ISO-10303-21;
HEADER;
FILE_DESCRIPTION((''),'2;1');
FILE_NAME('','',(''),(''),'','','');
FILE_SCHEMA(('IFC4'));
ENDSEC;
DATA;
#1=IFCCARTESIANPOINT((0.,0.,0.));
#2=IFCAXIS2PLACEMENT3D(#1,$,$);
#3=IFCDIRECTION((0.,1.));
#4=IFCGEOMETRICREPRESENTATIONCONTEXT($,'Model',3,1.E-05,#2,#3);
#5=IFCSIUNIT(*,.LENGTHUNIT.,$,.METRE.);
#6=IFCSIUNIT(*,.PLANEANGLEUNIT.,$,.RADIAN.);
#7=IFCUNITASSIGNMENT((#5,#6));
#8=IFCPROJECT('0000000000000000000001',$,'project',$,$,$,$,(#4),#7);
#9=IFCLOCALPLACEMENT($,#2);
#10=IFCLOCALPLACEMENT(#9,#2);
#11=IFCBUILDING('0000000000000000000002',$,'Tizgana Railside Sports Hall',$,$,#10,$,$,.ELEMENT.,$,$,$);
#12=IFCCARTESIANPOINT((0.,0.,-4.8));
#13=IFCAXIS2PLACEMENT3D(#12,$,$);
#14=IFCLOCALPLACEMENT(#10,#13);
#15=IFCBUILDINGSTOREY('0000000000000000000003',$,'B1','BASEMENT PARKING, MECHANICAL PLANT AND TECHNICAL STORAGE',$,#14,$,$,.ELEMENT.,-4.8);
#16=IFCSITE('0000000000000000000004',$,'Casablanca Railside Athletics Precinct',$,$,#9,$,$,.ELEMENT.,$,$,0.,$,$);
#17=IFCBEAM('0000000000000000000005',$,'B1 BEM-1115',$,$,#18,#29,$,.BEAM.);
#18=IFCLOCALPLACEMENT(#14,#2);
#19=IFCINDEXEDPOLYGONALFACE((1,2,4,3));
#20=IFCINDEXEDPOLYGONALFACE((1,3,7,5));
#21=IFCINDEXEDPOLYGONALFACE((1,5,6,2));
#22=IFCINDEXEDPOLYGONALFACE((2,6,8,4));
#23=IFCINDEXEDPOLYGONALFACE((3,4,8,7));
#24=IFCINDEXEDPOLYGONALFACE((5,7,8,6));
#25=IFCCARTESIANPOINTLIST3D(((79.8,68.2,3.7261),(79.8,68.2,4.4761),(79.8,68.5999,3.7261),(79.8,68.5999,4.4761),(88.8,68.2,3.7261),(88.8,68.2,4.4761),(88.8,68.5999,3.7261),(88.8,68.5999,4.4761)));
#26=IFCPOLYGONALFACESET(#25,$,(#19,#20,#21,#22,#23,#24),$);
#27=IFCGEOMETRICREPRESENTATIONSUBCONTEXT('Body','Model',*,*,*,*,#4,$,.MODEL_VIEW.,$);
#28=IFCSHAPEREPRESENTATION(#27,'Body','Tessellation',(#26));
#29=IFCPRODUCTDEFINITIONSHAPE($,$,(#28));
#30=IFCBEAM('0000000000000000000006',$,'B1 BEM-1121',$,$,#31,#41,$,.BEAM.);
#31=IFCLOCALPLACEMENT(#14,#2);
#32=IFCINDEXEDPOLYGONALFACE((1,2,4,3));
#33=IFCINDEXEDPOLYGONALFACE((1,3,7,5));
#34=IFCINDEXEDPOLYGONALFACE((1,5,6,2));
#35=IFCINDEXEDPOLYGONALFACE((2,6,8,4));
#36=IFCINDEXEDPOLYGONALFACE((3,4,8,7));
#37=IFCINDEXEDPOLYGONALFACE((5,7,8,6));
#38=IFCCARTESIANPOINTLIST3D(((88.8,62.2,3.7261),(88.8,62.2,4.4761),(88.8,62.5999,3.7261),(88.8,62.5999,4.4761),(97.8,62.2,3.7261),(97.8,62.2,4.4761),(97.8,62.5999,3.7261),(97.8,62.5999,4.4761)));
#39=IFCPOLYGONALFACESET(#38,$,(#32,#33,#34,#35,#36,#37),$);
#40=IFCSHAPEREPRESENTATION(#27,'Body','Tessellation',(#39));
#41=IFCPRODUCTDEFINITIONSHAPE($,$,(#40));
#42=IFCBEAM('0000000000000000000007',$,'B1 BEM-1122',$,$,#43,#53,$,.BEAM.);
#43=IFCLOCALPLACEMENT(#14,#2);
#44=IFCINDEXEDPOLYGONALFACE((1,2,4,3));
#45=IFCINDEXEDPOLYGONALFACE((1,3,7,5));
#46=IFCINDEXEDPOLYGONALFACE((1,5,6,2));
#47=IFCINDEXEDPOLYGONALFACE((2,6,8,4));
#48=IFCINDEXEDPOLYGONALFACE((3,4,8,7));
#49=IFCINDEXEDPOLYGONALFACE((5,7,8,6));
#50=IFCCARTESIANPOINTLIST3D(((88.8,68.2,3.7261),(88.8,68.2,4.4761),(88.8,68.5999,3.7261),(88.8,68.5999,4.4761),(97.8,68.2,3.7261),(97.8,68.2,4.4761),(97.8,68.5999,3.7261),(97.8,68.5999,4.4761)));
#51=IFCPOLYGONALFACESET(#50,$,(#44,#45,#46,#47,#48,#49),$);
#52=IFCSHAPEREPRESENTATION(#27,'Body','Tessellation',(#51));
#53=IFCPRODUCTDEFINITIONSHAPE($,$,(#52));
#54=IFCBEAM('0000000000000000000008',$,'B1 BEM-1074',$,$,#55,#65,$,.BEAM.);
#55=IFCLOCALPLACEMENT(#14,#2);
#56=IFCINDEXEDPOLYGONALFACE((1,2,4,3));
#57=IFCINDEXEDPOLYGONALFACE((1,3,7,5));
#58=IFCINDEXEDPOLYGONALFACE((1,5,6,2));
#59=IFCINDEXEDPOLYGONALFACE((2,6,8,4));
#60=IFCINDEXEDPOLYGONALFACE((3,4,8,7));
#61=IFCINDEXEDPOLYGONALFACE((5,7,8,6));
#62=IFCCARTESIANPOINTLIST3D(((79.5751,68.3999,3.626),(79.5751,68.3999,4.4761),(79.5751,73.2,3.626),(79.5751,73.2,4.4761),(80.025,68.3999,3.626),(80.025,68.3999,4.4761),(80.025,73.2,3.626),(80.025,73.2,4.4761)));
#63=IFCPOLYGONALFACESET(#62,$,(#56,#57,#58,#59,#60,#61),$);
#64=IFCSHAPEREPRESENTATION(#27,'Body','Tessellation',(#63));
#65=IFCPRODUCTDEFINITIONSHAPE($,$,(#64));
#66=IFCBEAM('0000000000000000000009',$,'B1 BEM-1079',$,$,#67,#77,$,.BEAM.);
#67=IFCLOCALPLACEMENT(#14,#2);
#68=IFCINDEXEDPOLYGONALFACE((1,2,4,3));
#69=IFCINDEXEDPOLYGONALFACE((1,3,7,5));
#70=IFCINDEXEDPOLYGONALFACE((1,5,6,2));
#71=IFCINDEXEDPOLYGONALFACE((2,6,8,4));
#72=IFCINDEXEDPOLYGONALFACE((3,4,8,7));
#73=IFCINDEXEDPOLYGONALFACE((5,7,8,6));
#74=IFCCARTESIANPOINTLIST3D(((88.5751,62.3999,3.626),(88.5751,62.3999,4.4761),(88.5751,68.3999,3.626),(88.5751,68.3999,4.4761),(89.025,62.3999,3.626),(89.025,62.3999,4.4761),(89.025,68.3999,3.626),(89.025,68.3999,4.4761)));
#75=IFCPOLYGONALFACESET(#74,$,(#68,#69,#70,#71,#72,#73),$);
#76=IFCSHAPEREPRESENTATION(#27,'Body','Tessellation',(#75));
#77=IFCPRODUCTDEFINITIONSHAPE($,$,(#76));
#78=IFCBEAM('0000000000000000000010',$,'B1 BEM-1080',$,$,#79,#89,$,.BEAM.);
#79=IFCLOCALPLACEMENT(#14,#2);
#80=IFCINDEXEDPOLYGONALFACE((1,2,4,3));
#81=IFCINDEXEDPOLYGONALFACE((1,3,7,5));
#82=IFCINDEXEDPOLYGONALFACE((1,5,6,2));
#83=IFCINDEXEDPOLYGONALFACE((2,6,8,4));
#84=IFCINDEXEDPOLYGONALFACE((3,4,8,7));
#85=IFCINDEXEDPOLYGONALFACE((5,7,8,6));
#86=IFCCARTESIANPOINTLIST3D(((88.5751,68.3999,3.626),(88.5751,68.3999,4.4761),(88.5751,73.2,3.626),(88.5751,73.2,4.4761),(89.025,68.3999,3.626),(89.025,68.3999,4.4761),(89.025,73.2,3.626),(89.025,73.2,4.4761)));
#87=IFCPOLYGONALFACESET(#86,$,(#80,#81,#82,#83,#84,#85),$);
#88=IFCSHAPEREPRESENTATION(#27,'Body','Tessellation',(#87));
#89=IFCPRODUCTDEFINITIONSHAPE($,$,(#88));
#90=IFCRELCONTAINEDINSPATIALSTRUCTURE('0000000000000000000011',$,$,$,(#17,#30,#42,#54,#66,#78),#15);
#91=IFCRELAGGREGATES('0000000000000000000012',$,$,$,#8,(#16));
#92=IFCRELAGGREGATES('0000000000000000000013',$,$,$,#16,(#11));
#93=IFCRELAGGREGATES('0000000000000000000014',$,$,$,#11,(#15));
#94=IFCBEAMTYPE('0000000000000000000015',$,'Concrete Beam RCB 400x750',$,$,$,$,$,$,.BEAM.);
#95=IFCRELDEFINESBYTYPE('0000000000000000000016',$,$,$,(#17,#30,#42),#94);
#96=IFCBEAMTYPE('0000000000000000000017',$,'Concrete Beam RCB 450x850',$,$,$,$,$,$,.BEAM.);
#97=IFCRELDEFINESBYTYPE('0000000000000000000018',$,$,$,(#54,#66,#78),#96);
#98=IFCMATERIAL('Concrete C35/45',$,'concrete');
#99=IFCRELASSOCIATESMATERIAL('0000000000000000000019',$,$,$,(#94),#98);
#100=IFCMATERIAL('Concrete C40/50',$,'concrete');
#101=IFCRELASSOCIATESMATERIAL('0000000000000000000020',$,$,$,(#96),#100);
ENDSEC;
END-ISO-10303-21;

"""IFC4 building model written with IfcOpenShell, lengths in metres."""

from ifc_helpers import new_model, si_unit, direction, frame, origin, origin_2d, place, context, subcontext, project, spatial, rectangle, extrude, material, material_profile, profile_set, type_object, element, save


model = new_model("IFC4")

# Units and contexts
model_context = context("Model", 3, precision=1e-05, world=origin(), true_north=direction((0.0, 1.0)))
body_context = subcontext(model_context, "Body", "Model", "MODEL_VIEW")
ifc_project = project(units=[si_unit("LENGTHUNIT", "METRE"), si_unit("PLANEANGLEUNIT", "RADIAN")], contexts=[model_context])

# Site, building, storey
site_placement = place(None, origin())
site = spatial("IfcSite", under=ifc_project, at=site_placement, Name="Casablanca Railside Athletics Precinct", CompositionType="ELEMENT", RefElevation=0.0)
building_placement = place(site_placement, origin())
building = spatial("IfcBuilding", under=site, at=building_placement, Name="Tizgana Railside Sports Hall", CompositionType="ELEMENT")
storey_placement = place(building_placement, frame((0.0, 0.0, -4.8)))
storey = spatial("IfcBuildingStorey", under=building, at=storey_placement, Name="B1", Description="BASEMENT PARKING, MECHANICAL PLANT AND TECHNICAL STORAGE", CompositionType="ELEMENT", Elevation=-4.8)

# Shared definitions
ifc_material_1 = material(Name="Concrete C35/45", Category="concrete")

# Shared definitions
ifc_material_2 = material(Name="Concrete C40/50", Category="concrete")

# Beams
ifc_material_profile_1 = material_profile(ifc_material_1, rectangle(XDim=0.3999, YDim=0.75, at=origin_2d()), Name="RCB 400x750")
ifc_profile_set_1 = profile_set([ifc_material_profile_1], Name="Concrete C35/45")
beam_type_1 = type_object("IfcBeamType", Name="Concrete Beam RCB 400x750", PredefinedType="BEAM", material=ifc_profile_set_1)
for number, where, z_axis, x_axis, name in (
    (1, (79.8, 68.3999, 4.1011), (1.0, 0.0, 0.0), (0.0, 1.0, 0.0), "B1 BEM-1115"),
    (2, (88.8, 62.3999, 4.1011), (1.0, 0.0, 0.0), (0.0, 1.0, 0.0), "B1 BEM-1121"),
    (3, (88.8, 68.3999, 4.1011), (1.0, 0.0, 0.0), (0.0, 1.0, 0.0), "B1 BEM-1122"),
):
    element("IfcBeam", number, at=place(storey_placement, frame(where, z_axis=z_axis, x_axis=x_axis)), inside=storey, type_object=beam_type_1, Name=name, PredefinedType="BEAM", context=body_context, shape_type="SweptSolid", body=[
        extrude(rectangle(XDim=0.3999, YDim=0.75, at=origin_2d()), origin(), (0.0, 0.0, 1.0), 9.0),
    ])
ifc_material_profile_2 = material_profile(ifc_material_2, rectangle(XDim=0.45, YDim=0.8501, at=origin_2d()), Name="RCB 450x850")
ifc_profile_set_2 = profile_set([ifc_material_profile_2], Name="Concrete C40/50")
beam_type_2 = type_object("IfcBeamType", Name="Concrete Beam RCB 450x850", PredefinedType="BEAM", material=ifc_profile_set_2)
beam_1_placement = place(storey_placement, frame((79.8, 68.3999, 4.051), z_axis=(0.0, 1.0, 0.0), x_axis=(-1.0, 0.0, 0.0)))
element("IfcBeam", 4, at=beam_1_placement, inside=storey, type_object=beam_type_2, Name="B1 BEM-1074", PredefinedType="BEAM", context=body_context, shape_type="SweptSolid", body=[
    extrude(rectangle(XDim=0.45, YDim=0.8501, at=origin_2d()), origin(), (0.0, 0.0, 1.0), 4.8),
])
beam_2_placement = place(storey_placement, frame((88.8, 62.3999, 4.051), z_axis=(0.0, 1.0, 0.0), x_axis=(-1.0, 0.0, 0.0)))
element("IfcBeam", 5, at=beam_2_placement, inside=storey, type_object=beam_type_2, Name="B1 BEM-1079", PredefinedType="BEAM", context=body_context, shape_type="SweptSolid", body=[
    extrude(rectangle(XDim=0.45, YDim=0.8501, at=origin_2d()), origin(), (0.0, 0.0, 1.0), 6.0),
])
beam_3_placement = place(storey_placement, frame((88.8, 68.3999, 4.051), z_axis=(0.0, 1.0, 0.0), x_axis=(-1.0, 0.0, 0.0)))
element("IfcBeam", 6, at=beam_3_placement, inside=storey, type_object=beam_type_2, Name="B1 BEM-1080", PredefinedType="BEAM", context=body_context, shape_type="SweptSolid", body=[
    extrude(rectangle(XDim=0.45, YDim=0.8501, at=origin_2d()), origin(), (0.0, 0.0, 1.0), 4.8),
])

save(model, "model.ifc")
